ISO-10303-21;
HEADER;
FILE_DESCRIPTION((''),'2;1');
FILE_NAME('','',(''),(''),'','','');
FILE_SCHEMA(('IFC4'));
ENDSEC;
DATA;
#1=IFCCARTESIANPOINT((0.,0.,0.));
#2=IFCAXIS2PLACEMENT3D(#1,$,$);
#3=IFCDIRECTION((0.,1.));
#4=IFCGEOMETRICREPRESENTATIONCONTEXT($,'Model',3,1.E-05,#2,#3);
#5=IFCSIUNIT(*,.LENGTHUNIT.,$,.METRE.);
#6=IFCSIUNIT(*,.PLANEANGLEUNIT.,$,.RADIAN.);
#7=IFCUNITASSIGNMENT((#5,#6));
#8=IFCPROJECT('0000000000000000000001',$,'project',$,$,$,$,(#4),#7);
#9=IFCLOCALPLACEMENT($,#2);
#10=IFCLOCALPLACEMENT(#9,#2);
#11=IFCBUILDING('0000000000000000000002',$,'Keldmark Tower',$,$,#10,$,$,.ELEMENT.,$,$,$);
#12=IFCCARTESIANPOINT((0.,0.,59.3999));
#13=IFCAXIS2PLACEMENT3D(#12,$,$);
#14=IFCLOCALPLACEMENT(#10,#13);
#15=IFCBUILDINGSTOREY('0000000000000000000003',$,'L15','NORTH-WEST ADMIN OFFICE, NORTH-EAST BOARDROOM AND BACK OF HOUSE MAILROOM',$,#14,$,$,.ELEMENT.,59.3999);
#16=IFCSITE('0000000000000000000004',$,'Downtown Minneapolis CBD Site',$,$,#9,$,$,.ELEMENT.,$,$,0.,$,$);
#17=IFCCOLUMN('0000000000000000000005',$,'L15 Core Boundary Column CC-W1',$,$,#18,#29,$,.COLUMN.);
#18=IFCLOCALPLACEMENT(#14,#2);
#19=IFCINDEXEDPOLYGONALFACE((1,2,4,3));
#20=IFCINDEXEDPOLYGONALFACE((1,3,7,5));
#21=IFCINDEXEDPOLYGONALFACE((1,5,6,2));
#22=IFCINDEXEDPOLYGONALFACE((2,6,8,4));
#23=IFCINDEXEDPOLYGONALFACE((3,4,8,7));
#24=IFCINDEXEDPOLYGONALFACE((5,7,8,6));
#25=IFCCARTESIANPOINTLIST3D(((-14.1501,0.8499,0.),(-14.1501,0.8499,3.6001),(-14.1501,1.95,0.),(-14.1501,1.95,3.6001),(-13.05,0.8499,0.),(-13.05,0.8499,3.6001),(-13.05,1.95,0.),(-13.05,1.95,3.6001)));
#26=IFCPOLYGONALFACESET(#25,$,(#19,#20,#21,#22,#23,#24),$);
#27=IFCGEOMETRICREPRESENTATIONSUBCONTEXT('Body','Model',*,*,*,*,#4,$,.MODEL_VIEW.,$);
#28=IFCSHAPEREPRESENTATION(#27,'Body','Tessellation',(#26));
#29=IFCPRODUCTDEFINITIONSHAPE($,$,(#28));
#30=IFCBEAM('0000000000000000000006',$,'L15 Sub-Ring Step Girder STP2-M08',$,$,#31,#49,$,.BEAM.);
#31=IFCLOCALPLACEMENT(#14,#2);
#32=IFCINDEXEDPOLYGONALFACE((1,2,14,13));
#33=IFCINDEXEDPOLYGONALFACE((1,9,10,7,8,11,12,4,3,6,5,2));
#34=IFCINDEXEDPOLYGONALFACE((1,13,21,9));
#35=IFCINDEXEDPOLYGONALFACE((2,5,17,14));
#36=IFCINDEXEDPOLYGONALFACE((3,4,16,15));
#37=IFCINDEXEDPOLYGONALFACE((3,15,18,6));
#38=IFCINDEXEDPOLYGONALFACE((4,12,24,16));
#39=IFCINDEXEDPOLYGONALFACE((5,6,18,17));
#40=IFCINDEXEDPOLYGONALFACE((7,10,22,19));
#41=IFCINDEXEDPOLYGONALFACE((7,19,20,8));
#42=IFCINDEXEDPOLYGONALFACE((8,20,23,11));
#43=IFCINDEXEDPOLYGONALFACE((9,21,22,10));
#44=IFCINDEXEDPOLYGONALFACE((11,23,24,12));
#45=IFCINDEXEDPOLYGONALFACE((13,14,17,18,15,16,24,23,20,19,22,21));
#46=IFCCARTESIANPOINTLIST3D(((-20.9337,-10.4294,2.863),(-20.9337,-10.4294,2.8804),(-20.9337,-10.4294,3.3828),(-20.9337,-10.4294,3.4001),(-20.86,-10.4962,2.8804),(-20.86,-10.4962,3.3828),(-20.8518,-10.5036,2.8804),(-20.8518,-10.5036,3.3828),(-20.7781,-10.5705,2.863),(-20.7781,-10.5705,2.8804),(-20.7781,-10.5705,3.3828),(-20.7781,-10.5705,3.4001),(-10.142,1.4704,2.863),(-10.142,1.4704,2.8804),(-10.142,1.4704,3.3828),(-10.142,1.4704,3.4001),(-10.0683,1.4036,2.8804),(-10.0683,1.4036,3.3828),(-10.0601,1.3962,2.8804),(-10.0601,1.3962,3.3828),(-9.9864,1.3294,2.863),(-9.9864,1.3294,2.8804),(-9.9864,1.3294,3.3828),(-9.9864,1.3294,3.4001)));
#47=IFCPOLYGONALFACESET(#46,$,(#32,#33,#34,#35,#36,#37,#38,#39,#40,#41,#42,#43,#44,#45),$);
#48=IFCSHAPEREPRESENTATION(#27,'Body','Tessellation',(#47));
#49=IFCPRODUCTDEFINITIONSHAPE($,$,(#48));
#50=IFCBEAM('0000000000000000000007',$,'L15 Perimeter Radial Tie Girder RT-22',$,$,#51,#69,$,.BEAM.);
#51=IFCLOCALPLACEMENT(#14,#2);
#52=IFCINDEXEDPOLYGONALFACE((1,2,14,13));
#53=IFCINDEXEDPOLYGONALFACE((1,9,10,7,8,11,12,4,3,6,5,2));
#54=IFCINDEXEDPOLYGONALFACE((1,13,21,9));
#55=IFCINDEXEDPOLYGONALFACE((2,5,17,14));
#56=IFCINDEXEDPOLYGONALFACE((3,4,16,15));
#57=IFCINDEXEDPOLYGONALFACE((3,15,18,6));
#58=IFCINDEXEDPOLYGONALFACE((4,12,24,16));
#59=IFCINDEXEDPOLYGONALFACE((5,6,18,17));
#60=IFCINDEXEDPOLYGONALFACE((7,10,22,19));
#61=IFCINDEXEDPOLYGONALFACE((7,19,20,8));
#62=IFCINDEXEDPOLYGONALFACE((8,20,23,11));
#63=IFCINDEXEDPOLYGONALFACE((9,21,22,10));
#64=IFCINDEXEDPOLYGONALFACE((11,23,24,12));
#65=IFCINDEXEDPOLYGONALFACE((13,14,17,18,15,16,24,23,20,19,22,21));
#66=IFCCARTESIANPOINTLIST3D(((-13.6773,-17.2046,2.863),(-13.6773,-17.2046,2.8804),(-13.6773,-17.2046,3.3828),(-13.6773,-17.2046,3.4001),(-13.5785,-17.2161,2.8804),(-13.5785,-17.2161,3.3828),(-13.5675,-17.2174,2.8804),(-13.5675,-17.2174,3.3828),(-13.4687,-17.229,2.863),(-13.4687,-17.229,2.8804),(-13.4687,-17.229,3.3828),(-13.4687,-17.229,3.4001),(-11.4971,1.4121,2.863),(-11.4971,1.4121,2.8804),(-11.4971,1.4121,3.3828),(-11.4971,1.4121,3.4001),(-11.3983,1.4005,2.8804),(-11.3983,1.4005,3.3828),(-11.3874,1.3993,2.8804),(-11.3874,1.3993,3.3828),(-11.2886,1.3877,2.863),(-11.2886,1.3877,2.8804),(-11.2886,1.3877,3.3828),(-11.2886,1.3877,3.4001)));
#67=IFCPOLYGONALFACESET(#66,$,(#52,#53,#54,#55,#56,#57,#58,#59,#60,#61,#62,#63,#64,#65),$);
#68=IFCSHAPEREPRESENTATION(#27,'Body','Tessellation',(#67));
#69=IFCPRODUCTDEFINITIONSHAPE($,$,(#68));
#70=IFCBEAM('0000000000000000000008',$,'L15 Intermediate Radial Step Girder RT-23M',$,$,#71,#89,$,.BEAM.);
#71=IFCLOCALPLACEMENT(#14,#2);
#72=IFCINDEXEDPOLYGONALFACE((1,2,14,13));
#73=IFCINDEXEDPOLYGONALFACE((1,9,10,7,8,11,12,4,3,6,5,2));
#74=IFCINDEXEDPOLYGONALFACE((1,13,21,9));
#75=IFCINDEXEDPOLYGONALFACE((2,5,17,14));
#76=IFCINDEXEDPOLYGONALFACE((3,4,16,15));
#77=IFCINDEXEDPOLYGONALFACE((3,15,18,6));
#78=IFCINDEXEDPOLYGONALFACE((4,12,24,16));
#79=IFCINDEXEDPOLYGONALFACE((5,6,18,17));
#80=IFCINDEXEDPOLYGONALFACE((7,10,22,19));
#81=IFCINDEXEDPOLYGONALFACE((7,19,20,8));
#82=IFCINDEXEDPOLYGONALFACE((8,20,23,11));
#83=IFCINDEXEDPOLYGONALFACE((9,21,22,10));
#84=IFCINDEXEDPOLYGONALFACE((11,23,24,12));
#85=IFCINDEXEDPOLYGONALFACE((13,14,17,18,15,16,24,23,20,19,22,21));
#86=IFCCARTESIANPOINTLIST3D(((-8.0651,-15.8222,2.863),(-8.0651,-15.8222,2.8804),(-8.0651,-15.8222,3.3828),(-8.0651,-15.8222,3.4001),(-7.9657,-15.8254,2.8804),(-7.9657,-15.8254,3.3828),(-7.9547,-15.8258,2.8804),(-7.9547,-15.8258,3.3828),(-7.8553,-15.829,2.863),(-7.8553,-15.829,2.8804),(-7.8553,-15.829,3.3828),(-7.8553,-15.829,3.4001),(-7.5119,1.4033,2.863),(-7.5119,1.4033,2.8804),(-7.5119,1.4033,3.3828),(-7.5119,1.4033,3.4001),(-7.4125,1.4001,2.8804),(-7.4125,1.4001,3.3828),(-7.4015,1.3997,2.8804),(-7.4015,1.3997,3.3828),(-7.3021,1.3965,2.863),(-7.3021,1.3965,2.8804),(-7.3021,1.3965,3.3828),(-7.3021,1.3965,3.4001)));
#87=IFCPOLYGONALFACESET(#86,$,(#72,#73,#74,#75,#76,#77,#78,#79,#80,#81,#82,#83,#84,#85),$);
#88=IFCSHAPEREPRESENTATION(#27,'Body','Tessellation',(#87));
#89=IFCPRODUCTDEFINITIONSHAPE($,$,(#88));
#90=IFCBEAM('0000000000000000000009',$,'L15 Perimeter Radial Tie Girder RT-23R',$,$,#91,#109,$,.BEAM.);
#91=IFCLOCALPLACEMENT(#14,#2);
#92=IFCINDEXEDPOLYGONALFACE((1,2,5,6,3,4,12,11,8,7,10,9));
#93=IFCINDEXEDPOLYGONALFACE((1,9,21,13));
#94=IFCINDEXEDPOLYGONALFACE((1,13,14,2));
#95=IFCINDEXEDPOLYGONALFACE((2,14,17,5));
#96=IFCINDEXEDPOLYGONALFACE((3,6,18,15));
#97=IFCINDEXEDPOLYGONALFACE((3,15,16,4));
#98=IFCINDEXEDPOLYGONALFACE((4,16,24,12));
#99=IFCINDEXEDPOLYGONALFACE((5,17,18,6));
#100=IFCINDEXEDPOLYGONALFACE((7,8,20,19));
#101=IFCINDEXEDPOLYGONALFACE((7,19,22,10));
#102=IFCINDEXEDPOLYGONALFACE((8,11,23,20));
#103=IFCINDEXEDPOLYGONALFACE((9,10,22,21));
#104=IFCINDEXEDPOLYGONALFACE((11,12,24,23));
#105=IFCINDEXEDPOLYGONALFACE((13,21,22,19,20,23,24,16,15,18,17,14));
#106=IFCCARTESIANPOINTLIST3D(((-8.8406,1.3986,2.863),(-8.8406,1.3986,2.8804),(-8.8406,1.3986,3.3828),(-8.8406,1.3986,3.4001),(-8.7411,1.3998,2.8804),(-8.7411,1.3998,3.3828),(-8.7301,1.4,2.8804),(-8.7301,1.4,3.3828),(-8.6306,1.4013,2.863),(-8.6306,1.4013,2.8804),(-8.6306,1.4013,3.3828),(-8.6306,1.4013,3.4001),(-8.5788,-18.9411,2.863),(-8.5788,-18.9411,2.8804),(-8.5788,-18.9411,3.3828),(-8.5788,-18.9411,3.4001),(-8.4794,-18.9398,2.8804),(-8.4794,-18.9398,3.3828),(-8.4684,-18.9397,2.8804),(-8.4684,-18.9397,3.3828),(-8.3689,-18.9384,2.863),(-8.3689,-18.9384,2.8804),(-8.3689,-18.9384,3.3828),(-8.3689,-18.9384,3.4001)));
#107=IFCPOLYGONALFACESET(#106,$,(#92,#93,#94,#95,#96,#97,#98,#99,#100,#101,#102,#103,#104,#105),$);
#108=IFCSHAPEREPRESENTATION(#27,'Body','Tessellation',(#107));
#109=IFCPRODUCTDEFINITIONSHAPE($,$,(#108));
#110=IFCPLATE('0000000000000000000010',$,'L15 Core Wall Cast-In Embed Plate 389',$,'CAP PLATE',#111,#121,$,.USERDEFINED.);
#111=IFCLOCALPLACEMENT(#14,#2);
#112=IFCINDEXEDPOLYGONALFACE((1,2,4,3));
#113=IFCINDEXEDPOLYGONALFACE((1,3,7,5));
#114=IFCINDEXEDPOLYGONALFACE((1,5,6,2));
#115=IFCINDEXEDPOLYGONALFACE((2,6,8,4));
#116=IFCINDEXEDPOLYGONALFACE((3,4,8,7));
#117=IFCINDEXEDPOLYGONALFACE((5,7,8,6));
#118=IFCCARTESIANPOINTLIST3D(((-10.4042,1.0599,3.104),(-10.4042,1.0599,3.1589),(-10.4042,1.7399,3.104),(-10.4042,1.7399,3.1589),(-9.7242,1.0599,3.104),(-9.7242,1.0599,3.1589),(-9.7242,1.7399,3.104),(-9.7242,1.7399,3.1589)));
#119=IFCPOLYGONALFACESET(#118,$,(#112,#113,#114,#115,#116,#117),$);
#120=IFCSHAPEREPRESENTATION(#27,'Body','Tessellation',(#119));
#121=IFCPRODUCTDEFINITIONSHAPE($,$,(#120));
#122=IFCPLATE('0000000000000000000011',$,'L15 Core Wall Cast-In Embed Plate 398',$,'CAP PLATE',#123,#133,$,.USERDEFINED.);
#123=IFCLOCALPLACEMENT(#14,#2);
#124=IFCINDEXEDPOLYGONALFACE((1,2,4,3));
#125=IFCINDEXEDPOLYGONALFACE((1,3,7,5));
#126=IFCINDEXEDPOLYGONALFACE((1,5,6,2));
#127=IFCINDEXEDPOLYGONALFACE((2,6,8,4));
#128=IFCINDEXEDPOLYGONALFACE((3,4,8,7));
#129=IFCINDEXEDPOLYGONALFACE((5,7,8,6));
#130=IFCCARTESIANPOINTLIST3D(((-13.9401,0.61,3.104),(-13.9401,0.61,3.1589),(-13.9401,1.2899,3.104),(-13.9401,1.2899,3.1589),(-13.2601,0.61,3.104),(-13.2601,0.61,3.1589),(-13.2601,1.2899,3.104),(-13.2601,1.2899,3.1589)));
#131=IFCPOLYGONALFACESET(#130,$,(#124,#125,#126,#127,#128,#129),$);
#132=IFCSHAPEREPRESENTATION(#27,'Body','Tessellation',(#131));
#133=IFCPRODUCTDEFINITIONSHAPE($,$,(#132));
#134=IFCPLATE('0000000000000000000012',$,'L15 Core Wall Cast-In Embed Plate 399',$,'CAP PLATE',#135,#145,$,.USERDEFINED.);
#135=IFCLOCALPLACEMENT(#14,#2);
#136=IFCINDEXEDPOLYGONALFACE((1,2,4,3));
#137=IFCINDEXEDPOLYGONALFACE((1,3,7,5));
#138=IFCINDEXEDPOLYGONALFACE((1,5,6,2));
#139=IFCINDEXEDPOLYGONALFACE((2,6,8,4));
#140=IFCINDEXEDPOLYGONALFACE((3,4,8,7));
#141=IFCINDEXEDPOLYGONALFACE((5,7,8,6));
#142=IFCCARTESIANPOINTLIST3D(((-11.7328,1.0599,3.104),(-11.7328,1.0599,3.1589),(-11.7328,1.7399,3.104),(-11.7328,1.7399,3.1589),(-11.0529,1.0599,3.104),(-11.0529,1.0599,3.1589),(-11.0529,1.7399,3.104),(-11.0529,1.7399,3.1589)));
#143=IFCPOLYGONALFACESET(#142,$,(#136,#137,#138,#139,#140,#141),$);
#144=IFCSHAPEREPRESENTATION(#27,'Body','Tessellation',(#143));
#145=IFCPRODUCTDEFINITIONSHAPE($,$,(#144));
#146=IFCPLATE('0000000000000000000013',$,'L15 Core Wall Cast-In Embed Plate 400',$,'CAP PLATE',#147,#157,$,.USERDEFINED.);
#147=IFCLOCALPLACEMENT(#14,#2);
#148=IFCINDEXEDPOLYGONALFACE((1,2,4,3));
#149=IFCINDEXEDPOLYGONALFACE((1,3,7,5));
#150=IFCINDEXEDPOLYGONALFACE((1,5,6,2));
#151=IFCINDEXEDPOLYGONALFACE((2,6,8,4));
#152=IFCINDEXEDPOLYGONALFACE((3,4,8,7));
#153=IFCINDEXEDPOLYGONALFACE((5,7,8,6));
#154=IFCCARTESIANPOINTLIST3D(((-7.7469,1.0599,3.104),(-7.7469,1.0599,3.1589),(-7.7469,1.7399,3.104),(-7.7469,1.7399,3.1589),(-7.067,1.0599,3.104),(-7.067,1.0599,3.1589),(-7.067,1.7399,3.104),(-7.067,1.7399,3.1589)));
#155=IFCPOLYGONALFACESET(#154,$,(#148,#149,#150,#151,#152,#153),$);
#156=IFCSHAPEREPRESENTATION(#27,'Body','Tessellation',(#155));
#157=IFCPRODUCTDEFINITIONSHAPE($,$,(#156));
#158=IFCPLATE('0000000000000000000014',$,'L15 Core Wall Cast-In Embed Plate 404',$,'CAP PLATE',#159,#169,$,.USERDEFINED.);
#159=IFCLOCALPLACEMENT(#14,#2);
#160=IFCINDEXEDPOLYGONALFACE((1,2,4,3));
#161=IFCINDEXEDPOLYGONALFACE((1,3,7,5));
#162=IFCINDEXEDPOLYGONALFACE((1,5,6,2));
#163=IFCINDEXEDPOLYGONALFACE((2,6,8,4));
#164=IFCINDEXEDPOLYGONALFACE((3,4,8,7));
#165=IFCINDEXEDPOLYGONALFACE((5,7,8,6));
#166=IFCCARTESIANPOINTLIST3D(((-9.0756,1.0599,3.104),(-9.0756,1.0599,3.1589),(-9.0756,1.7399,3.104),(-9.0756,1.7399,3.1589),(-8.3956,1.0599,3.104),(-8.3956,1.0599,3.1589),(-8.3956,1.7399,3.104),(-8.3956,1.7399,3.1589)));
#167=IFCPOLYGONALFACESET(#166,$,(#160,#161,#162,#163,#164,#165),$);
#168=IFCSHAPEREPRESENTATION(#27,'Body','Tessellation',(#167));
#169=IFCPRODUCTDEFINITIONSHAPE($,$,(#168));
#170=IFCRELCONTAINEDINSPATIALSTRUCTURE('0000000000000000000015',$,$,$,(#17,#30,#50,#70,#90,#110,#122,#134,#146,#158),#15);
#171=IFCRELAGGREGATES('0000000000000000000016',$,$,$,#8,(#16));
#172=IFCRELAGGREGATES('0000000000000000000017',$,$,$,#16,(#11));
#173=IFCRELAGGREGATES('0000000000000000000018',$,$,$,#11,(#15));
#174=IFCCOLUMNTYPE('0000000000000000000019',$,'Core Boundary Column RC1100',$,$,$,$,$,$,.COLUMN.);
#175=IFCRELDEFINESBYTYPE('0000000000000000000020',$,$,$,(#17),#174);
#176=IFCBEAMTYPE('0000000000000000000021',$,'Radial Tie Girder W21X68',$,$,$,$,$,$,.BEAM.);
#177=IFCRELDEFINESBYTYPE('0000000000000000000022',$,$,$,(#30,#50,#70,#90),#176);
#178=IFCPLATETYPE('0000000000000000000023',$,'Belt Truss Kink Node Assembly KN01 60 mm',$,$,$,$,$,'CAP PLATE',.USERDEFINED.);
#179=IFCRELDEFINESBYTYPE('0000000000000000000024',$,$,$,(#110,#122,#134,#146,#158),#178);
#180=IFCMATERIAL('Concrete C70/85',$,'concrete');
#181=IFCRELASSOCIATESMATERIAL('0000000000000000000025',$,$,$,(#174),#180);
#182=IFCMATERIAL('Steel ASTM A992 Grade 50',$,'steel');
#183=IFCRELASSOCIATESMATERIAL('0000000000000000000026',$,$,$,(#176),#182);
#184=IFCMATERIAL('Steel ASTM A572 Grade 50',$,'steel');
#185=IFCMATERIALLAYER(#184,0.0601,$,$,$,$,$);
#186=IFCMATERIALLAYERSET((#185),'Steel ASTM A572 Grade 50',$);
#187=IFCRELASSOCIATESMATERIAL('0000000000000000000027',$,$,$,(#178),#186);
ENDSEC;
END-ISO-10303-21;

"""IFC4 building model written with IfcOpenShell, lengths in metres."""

from ifc_helpers import new_model, si_unit, direction, frame, origin, origin_2d, place, context, subcontext, project, spatial, rectangle, i_section, extrude, material, layer, layer_set, material_profile, profile_set, type_object, element, save


model = new_model("IFC4")

# Units and contexts
model_context = context("Model", 3, precision=1e-05, world=origin(), true_north=direction((0.0, 1.0)))
body_context = subcontext(model_context, "Body", "Model", "MODEL_VIEW")
ifc_project = project(units=[si_unit("LENGTHUNIT", "METRE"), si_unit("PLANEANGLEUNIT", "RADIAN")], contexts=[model_context])

# Site, building, storey
site_placement = place(None, origin())
site = spatial("IfcSite", under=ifc_project, at=site_placement, Name="Downtown Minneapolis CBD Site", CompositionType="ELEMENT", RefElevation=0.0)
building_placement = place(site_placement, origin())
building = spatial("IfcBuilding", under=site, at=building_placement, Name="Keldmark Tower", CompositionType="ELEMENT")
storey_placement = place(building_placement, frame((0.0, 0.0, 59.3999)))
storey = spatial("IfcBuildingStorey", under=building, at=storey_placement, Name="L15", Description="NORTH-WEST ADMIN OFFICE, NORTH-EAST BOARDROOM AND BACK OF HOUSE MAILROOM", CompositionType="ELEMENT", Elevation=59.3999)

# Column
ifc_material_1 = material(Name="Concrete C70/85", Category="concrete")
ifc_material_profile_1 = material_profile(ifc_material_1, rectangle(XDim=1.1001, YDim=1.1001, at=origin_2d()), Name="RC1100X1100")
ifc_profile_set_1 = profile_set([ifc_material_profile_1], Name="Concrete C70/85")
column_type = type_object("IfcColumnType", Name="Core Boundary Column RC1100", PredefinedType="COLUMN", material=ifc_profile_set_1)
column_placement = place(storey_placement, frame((-13.6001, 1.3999, 0.0), z_axis=(0.0, 0.0, 1.0), x_axis=(1.0, 0.0, 0.0)))
element("IfcColumn", 1, at=column_placement, inside=storey, type_object=column_type, Name="L15 Core Boundary Column CC-W1", PredefinedType="COLUMN", context=body_context, shape_type="SweptSolid", body=[
    extrude(rectangle(XDim=1.1001, YDim=1.1001, at=origin_2d()), origin(), (0.0, 0.0, 1.0), 3.6001),
])

# Beams
ifc_material_2 = material(Name="Steel ASTM A992 Grade 50", Category="steel")
ifc_material_profile_2 = material_profile(ifc_material_2, i_section(OverallWidth=0.21, OverallDepth=0.5371, WebThickness=0.011, FlangeThickness=0.0173, at=origin_2d()), Name="W21X68")
ifc_profile_set_2 = profile_set([ifc_material_profile_2], Name="Steel ASTM A992 Grade 50")
beam_type = type_object("IfcBeamType", Name="Radial Tie Girder W21X68", PredefinedType="BEAM", material=ifc_profile_set_2)
beam_1_placement = place(storey_placement, frame((-10.0642, 1.3999, 3.1316), z_axis=(-0.671774, -0.740756, 0.0), x_axis=(0.740756, -0.671774, 0.0)))
element("IfcBeam", 2, at=beam_1_placement, inside=storey, type_object=beam_type, Name="L15 Sub-Ring Step Girder STP2-M08", PredefinedType="BEAM", context=body_context, shape_type="SweptSolid", body=[
    extrude(i_section(OverallWidth=0.21, OverallDepth=0.5371, WebThickness=0.011, FlangeThickness=0.0173, at=origin_2d()), origin(), (0.0, 0.0, 1.0), 16.0645),
])
beam_2_placement = place(storey_placement, frame((-11.3928, 1.3999, 3.1316), z_axis=(-0.116314, -0.993213, 0.0), x_axis=(0.993213, -0.116314, 0.0)))
element("IfcBeam", 3, at=beam_2_placement, inside=storey, type_object=beam_type, Name="L15 Perimeter Radial Tie Girder RT-22", PredefinedType="BEAM", context=body_context, shape_type="SweptSolid", body=[
    extrude(i_section(OverallWidth=0.21, OverallDepth=0.5371, WebThickness=0.011, FlangeThickness=0.0173, at=origin_2d()), origin(), (0.0, 0.0, 1.0), 18.7439),
])
beam_3_placement = place(storey_placement, frame((-7.407, 1.3999, 3.1316), z_axis=(-0.0321, -0.999485, 0.0), x_axis=(0.999485, -0.0321, 0.0)))
element("IfcBeam", 4, at=beam_3_placement, inside=storey, type_object=beam_type, Name="L15 Intermediate Radial Step Girder RT-23M", PredefinedType="BEAM", context=body_context, shape_type="SweptSolid", body=[
    extrude(i_section(OverallWidth=0.21, OverallDepth=0.5371, WebThickness=0.011, FlangeThickness=0.0173, at=origin_2d()), origin(), (0.0, 0.0, 1.0), 17.2344),
])
beam_4_placement = place(storey_placement, frame((-8.7356, 1.3999, 3.1316), z_axis=(0.012866, -0.999917, 0.0), x_axis=(0.999917, 0.012866, 0.0)))
element("IfcBeam", 5, at=beam_4_placement, inside=storey, type_object=beam_type, Name="L15 Perimeter Radial Tie Girder RT-23R", PredefinedType="BEAM", context=body_context, shape_type="SweptSolid", body=[
    extrude(i_section(OverallWidth=0.21, OverallDepth=0.5371, WebThickness=0.011, FlangeThickness=0.0173, at=origin_2d()), origin(), (0.0, 0.0, 1.0), 20.3413),
])

# Plates
ifc_material_3 = material(Name="Steel ASTM A572 Grade 50", Category="steel")
ifc_layer_1 = layer(ifc_material_3, 0.0601)
ifc_layer_set_1 = layer_set([ifc_layer_1], Name="Steel ASTM A572 Grade 50")
plate_type = type_object("IfcPlateType", Name="Belt Truss Kink Node Assembly KN01 60 mm", ElementType="CAP PLATE", PredefinedType="USERDEFINED", material=ifc_layer_set_1)
for number, where, z_axis, x_axis, name in (
    (6, (-10.0642, 1.3999, 3.104), (0.0, 0.0, 1.0), (1.0, 0.0, 0.0), "L15 Core Wall Cast-In Embed Plate 389"),
    (7, (-13.6001, 0.95, 3.104), (0.0, 0.0, 1.0), (1.0, 0.0, 0.0), "L15 Core Wall Cast-In Embed Plate 398"),
    (8, (-11.3928, 1.3999, 3.104), (0.0, 0.0, 1.0), (1.0, 0.0, 0.0), "L15 Core Wall Cast-In Embed Plate 399"),
    (9, (-7.407, 1.3999, 3.104), (0.0, 0.0, 1.0), (1.0, 0.0, 0.0), "L15 Core Wall Cast-In Embed Plate 400"),
    (10, (-8.7356, 1.3999, 3.104), (0.0, 0.0, 1.0), (1.0, 0.0, 0.0), "L15 Core Wall Cast-In Embed Plate 404"),
):
    element("IfcPlate", number, at=place(storey_placement, frame(where, z_axis=z_axis, x_axis=x_axis)), inside=storey, type_object=plate_type, Name=name, ObjectType="CAP PLATE", PredefinedType="USERDEFINED", context=body_context, shape_type="SweptSolid", body=[
        extrude(rectangle(XDim=0.6799, YDim=0.6799, at=origin_2d()), origin(), (0.0, 0.0, 1.0), 0.0549),
    ])

save(model, "model.ifc")
